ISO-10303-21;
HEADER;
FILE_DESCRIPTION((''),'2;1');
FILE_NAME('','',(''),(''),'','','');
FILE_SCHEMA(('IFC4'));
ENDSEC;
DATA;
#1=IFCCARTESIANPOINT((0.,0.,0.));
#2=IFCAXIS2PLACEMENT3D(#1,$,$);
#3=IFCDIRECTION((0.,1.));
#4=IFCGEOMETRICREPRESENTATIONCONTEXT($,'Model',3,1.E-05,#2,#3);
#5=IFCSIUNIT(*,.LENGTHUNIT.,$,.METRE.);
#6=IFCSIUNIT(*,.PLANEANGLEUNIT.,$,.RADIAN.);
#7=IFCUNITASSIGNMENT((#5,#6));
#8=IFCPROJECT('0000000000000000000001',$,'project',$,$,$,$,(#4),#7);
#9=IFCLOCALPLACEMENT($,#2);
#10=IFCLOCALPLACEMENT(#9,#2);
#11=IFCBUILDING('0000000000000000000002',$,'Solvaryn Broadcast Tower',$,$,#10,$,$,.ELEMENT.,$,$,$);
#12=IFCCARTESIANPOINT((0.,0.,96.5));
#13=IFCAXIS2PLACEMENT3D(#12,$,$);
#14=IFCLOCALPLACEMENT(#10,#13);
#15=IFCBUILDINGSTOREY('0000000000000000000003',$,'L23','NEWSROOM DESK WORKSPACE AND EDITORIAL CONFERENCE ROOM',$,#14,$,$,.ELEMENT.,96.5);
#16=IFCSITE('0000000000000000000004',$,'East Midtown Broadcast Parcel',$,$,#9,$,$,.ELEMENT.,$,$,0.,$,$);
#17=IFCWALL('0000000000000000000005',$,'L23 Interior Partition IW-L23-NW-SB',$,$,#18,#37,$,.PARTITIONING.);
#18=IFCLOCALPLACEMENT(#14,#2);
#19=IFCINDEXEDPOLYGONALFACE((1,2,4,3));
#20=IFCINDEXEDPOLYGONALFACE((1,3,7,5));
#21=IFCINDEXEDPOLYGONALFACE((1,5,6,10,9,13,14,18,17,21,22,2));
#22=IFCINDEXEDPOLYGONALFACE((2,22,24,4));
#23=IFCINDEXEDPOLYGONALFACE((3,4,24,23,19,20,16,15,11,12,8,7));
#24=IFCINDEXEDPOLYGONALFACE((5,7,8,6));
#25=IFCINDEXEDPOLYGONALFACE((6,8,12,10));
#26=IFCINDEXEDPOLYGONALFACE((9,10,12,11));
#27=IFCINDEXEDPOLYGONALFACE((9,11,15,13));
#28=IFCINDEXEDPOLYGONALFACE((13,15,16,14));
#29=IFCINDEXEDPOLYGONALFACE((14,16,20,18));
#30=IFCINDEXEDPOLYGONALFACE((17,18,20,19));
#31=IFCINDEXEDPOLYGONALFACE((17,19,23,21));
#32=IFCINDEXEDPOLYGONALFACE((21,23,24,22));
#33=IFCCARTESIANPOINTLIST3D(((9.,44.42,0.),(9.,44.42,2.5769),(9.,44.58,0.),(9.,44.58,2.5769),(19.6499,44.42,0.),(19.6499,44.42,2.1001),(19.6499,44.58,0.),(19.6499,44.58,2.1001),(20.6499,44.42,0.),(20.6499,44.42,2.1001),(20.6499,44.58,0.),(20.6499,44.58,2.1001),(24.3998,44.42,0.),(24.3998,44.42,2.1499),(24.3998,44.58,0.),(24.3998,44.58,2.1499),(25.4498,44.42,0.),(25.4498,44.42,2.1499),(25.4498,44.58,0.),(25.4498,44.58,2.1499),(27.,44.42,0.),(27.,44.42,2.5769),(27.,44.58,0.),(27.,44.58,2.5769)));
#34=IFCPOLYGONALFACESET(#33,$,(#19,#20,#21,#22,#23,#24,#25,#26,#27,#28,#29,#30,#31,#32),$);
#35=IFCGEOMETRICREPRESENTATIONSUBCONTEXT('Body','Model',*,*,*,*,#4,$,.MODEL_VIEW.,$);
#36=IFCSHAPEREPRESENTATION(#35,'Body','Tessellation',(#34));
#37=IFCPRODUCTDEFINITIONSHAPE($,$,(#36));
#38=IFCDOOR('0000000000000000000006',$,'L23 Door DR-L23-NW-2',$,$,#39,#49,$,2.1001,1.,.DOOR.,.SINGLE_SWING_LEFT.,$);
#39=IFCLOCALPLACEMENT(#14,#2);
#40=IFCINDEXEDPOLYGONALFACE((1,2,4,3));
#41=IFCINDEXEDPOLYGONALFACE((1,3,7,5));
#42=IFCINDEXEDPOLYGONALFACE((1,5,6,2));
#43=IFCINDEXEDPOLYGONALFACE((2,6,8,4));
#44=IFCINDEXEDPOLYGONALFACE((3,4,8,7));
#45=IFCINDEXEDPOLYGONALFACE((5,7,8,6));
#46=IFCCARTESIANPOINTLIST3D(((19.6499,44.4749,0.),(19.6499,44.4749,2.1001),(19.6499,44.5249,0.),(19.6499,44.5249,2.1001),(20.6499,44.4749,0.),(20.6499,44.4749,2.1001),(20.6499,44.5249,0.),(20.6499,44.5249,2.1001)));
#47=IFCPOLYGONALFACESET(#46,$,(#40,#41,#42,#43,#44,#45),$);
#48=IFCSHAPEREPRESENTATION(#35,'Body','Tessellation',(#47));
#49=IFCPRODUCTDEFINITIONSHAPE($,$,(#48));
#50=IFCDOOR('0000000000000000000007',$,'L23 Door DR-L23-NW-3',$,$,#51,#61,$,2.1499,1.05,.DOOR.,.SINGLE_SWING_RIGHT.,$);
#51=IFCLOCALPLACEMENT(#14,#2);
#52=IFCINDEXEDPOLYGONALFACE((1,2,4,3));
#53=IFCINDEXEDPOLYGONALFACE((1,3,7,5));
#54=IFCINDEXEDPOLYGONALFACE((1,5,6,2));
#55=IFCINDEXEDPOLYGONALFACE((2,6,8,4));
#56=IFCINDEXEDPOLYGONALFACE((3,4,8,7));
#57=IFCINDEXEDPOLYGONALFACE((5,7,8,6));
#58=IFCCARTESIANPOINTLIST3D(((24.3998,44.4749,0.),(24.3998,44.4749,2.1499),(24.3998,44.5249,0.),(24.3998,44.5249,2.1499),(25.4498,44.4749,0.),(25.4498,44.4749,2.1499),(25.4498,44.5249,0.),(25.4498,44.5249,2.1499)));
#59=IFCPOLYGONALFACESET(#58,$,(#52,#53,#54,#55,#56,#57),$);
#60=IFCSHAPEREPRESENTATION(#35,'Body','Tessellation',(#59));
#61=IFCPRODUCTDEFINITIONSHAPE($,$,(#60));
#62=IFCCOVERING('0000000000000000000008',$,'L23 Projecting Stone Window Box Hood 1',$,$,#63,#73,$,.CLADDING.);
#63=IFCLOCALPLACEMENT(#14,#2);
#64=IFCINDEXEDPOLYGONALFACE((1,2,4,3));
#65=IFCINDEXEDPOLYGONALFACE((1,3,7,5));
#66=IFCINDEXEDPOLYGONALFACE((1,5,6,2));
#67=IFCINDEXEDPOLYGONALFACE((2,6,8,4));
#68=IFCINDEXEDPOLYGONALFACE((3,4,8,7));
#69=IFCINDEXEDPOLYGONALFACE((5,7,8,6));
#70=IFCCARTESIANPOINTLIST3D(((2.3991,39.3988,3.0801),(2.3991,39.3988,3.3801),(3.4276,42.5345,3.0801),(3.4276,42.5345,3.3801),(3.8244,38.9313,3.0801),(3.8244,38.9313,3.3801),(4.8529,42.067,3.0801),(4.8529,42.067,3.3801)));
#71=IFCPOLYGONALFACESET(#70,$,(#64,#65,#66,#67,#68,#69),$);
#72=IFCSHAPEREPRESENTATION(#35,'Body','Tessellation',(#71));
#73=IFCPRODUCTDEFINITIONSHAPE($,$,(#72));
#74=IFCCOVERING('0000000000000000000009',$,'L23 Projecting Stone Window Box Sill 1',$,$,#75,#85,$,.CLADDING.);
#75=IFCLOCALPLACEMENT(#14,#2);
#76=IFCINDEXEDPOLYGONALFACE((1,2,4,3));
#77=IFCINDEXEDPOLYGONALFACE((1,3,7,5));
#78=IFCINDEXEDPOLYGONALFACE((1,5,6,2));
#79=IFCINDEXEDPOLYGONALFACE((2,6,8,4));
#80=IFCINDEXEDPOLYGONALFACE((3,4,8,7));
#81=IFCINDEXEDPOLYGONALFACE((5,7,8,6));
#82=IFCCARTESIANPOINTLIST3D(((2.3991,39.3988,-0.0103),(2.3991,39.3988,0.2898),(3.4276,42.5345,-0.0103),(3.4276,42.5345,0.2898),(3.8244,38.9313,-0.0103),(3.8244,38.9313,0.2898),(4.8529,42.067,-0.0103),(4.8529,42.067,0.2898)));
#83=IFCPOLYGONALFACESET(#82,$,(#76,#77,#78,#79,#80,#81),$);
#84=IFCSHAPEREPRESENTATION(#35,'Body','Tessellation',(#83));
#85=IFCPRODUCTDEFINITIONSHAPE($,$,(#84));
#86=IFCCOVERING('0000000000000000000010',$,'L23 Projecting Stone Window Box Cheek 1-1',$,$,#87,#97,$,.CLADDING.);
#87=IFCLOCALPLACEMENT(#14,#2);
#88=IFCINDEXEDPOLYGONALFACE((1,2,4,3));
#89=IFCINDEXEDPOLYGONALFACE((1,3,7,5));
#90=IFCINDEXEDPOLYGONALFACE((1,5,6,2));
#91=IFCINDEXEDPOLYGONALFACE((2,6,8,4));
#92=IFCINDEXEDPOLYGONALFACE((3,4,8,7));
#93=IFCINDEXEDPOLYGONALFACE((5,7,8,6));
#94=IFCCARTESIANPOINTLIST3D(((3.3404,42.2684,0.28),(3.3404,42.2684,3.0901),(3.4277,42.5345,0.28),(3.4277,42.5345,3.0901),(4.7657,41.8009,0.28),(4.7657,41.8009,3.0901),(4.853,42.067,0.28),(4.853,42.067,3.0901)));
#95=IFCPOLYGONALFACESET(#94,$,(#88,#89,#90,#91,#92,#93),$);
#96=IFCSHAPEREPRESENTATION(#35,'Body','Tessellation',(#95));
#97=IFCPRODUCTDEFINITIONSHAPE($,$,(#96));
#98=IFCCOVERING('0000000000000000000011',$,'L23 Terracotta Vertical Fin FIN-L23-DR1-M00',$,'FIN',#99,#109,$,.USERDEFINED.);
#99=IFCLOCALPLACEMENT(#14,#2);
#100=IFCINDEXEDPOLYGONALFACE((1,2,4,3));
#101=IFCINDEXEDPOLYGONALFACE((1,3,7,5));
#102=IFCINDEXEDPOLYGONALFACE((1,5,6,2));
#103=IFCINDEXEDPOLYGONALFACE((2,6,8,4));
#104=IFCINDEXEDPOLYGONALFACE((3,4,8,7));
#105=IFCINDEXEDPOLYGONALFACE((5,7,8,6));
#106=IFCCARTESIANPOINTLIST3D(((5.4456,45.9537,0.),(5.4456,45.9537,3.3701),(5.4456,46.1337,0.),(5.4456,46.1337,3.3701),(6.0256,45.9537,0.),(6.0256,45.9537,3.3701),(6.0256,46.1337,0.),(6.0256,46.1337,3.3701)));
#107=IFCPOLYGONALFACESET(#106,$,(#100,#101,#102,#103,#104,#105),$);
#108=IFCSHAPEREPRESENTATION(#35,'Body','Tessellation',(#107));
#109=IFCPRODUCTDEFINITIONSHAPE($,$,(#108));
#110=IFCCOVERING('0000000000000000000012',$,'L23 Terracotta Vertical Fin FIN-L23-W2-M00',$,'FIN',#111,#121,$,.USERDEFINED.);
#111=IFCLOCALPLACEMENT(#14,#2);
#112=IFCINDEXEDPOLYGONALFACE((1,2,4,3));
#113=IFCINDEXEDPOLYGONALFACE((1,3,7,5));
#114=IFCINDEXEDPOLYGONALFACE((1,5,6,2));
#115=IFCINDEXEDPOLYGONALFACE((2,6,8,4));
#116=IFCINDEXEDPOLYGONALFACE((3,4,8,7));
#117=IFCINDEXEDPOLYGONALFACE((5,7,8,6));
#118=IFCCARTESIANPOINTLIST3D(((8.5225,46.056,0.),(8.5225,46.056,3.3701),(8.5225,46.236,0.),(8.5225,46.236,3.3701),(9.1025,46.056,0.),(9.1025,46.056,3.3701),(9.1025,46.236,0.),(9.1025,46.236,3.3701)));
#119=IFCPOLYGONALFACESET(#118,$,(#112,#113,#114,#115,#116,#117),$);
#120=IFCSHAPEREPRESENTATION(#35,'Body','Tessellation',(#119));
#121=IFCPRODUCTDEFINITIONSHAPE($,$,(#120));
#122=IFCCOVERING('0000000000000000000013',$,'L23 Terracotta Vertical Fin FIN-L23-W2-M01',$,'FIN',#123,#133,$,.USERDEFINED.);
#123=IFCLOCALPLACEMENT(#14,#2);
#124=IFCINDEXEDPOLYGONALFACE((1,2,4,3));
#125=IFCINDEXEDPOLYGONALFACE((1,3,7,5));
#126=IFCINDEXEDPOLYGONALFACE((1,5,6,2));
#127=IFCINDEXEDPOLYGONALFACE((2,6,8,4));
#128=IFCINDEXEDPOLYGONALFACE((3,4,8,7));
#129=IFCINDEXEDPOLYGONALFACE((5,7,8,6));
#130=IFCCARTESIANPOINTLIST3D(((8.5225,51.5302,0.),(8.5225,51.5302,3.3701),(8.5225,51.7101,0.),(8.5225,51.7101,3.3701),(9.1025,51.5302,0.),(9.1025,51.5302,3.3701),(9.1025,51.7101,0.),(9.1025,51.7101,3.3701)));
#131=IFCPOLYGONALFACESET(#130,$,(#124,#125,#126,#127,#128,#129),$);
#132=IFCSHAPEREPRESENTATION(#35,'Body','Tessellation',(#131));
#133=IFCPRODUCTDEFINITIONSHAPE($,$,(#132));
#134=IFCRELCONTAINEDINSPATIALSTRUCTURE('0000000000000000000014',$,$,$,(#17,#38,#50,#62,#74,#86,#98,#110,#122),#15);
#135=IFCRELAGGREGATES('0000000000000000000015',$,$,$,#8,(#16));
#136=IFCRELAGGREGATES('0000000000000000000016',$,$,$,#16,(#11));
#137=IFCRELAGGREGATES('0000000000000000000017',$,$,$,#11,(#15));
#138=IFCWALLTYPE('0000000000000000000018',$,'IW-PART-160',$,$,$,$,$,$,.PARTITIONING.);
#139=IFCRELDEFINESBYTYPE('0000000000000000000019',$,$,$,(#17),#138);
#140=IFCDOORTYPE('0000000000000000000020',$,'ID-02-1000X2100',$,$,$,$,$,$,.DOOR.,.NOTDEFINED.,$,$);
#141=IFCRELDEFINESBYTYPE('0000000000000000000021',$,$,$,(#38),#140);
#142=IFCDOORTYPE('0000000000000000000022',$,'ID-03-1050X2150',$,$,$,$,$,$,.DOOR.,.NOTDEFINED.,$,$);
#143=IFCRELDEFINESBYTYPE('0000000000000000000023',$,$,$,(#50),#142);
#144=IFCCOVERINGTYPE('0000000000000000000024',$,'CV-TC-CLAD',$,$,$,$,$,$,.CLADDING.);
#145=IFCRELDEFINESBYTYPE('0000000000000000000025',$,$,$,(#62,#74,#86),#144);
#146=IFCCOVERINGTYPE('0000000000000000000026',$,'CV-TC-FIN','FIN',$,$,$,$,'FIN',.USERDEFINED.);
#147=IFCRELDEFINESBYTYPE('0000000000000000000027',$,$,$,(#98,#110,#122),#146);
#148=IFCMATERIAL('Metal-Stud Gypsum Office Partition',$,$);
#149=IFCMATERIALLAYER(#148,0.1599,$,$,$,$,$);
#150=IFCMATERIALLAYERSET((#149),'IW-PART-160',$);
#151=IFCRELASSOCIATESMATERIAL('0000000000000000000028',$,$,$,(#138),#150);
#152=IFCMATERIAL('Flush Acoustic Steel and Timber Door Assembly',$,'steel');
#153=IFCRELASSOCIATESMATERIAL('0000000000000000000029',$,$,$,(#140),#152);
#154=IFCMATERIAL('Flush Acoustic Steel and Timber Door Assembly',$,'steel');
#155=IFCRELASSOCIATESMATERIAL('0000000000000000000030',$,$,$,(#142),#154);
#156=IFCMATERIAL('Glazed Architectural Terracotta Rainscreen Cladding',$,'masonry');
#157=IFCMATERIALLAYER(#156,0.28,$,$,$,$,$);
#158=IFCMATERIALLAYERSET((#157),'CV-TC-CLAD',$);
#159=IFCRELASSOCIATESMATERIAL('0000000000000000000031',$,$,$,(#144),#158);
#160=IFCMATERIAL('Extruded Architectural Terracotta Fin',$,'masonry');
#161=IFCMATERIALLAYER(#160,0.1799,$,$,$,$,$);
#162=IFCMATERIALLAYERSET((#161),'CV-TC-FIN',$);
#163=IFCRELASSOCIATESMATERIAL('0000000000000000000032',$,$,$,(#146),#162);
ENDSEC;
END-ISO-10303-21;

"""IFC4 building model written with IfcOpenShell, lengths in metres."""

from ifc_helpers import new_model, si_unit, direction, frame, frame_2d, origin, origin_2d, place, context, subcontext, project, spatial, rectangle, extrude, material, layer, layer_set, type_object, element, fill, save


model = new_model("IFC4")

# Units and contexts
model_context = context("Model", 3, precision=1e-05, world=origin(), true_north=direction((0.0, 1.0)))
body_context = subcontext(model_context, "Body", "Model", "MODEL_VIEW")
ifc_project = project(units=[si_unit("LENGTHUNIT", "METRE"), si_unit("PLANEANGLEUNIT", "RADIAN")], contexts=[model_context])

# Site, building, storey
site_placement = place(None, origin())
site = spatial("IfcSite", under=ifc_project, at=site_placement, Name="East Midtown Broadcast Parcel", CompositionType="ELEMENT", RefElevation=0.0)
building_placement = place(site_placement, origin())
building = spatial("IfcBuilding", under=site, at=building_placement, Name="Solvaryn Broadcast Tower", CompositionType="ELEMENT")
storey_placement = place(building_placement, frame((0.0, 0.0, 96.5)))
storey = spatial("IfcBuildingStorey", under=building, at=storey_placement, Name="L23", Description="NEWSROOM DESK WORKSPACE AND EDITORIAL CONFERENCE ROOM", CompositionType="ELEMENT", Elevation=96.5)

# Shared definitions
ifc_material_1 = material(Name="Metal-Stud Gypsum Office Partition")
ifc_layer_1 = layer(ifc_material_1, 0.1599)
ifc_layer_set_1 = layer_set([ifc_layer_1], Name="IW-PART-160")
wall_type_1 = type_object("IfcWallType", Name="IW-PART-160", PredefinedType="PARTITIONING", material=ifc_layer_set_1)

# Wall, openings, doors
wall_1_placement = place(storey_placement, frame((9.0, 44.5, 0.0), z_axis=(0.0, 0.0, 1.0), x_axis=(1.0, 0.0, 0.0)))
wall_1 = element("IfcWall", 1, at=wall_1_placement, inside=storey, type_object=wall_type_1, Name="L23 Interior Partition IW-L23-NW-SB", PredefinedType="PARTITIONING", context=body_context, shape_type="SweptSolid", body=[
    extrude(rectangle(XDim=18.0, YDim=0.1599, at=frame_2d((9.0, 0.0))), origin(), (0.0, 0.0, 1.0), 2.5769),
])
opening_1_placement = place(wall_1_placement, frame((10.6499, 0.0, 0.0)))
opening_1 = element("IfcOpeningElement", 2, at=opening_1_placement, cuts=wall_1, PredefinedType="OPENING", context=body_context, shape_type="SweptSolid", body=[
    extrude(rectangle(XDim=1.0, YDim=2.1001, at=frame_2d((0.5, 1.05))), frame((0.0, 0.0901, 0.0), z_axis=(0.0, -1.0, 0.0), x_axis=(1.0, 0.0, 0.0)), (0.0, 0.0, 1.0), 0.1799),
])
opening_2_placement = place(wall_1_placement, frame((15.3999, 0.0, 0.0)))
opening_2 = element("IfcOpeningElement", 3, at=opening_2_placement, cuts=wall_1, PredefinedType="OPENING", context=body_context, shape_type="SweptSolid", body=[
    extrude(rectangle(XDim=1.05, YDim=2.1499, at=frame_2d((0.5249, 1.075))), frame((0.0, 0.0901, 0.0), z_axis=(0.0, -1.0, 0.0), x_axis=(1.0, 0.0, 0.0)), (0.0, 0.0, 1.0), 0.1799),
])
ifc_material_2 = material(Name="Flush Acoustic Steel and Timber Door Assembly", Category="steel")
door_type_1 = type_object("IfcDoorType", Name="ID-02-1000X2100", OperationType="NOTDEFINED", PredefinedType="DOOR", material=ifc_material_2)
door_1_placement = place(opening_1_placement, origin())
door_1 = element("IfcDoor", 4, at=door_1_placement, inside=storey, type_object=door_type_1, Name="L23 Door DR-L23-NW-2", OperationType="SINGLE_SWING_LEFT", OverallHeight=2.1001, OverallWidth=1.0, PredefinedType="DOOR", context=body_context, shape_type="SweptSolid", body=[
    extrude(rectangle(XDim=1.0, YDim=2.1001, at=frame_2d((0.5, 1.05))), frame((0.0, 0.0249, 0.0), z_axis=(0.0, -1.0, 0.0), x_axis=(1.0, 0.0, 0.0)), (0.0, 0.0, 1.0), 0.05),
])
fill(opening_1, door_1)
ifc_material_3 = material(Name="Flush Acoustic Steel and Timber Door Assembly", Category="steel")
door_type_2 = type_object("IfcDoorType", Name="ID-03-1050X2150", OperationType="NOTDEFINED", PredefinedType="DOOR", material=ifc_material_3)
door_2_placement = place(opening_2_placement, origin())
door_2 = element("IfcDoor", 5, at=door_2_placement, inside=storey, type_object=door_type_2, Name="L23 Door DR-L23-NW-3", OperationType="SINGLE_SWING_RIGHT", OverallHeight=2.1499, OverallWidth=1.05, PredefinedType="DOOR", context=body_context, shape_type="SweptSolid", body=[
    extrude(rectangle(XDim=1.05, YDim=2.1499, at=frame_2d((0.5249, 1.075))), frame((0.0, 0.0249, 0.0), z_axis=(0.0, -1.0, 0.0), x_axis=(1.0, 0.0, 0.0)), (0.0, 0.0, 1.0), 0.05),
])
fill(opening_2, door_2)

# Coverings
ifc_material_4 = material(Name="Glazed Architectural Terracotta Rainscreen Cladding", Category="masonry")
ifc_layer_2 = layer(ifc_material_4, 0.28)
ifc_layer_set_2 = layer_set([ifc_layer_2], Name="CV-TC-CLAD")
covering_type_1 = type_object("IfcCoveringType", Name="CV-TC-CLAD", PredefinedType="CLADDING", material=ifc_layer_set_2)
for number, where, z_axis, x_axis, name in (
    (6, (3.626, 40.7329, 3.0801), (0.0, 0.0, 1.0), (-0.311672, -0.95019, 0.0), "L23 Projecting Stone Window Box Hood 1"),
    (7, (3.626, 40.7329, -0.0103), (0.0, 0.0, 1.0), (-0.311672, -0.95019, 0.0), "L23 Projecting Stone Window Box Sill 1"),
):
    element("IfcCovering", number, at=place(storey_placement, frame(where, z_axis=z_axis, x_axis=x_axis)), inside=storey, type_object=covering_type_1, Name=name, PredefinedType="CLADDING", context=body_context, shape_type="SweptSolid", body=[
        extrude(rectangle(XDim=3.3, YDim=1.5, at=origin_2d()), origin(), (0.0, 0.0, 1.0), 0.3),
    ])
covering_placement = place(storey_placement, frame((4.0967, 42.1677, 0.28), z_axis=(0.0, 0.0, 1.0), x_axis=(-0.311672, -0.95019, 0.0)))
element("IfcCovering", 8, at=covering_placement, inside=storey, type_object=covering_type_1, Name="L23 Projecting Stone Window Box Cheek 1-1", PredefinedType="CLADDING", context=body_context, shape_type="SweptSolid", body=[
    extrude(rectangle(XDim=0.28, YDim=1.5, at=origin_2d()), origin(), (0.0, 0.0, 1.0), 2.8101),
])
ifc_material_5 = material(Name="Extruded Architectural Terracotta Fin", Category="masonry")
ifc_layer_3 = layer(ifc_material_5, 0.1799)
ifc_layer_set_3 = layer_set([ifc_layer_3], Name="CV-TC-FIN")
covering_type_2 = type_object("IfcCoveringType", Name="CV-TC-FIN", Description="FIN", ElementType="FIN", PredefinedType="USERDEFINED", material=ifc_layer_set_3)
for number, where, z_axis, x_axis, name in (
    (9, (5.7356, 46.0437, 0.0), (0.0, 0.0, 1.0), (1.0, 0.0, 0.0), "L23 Terracotta Vertical Fin FIN-L23-DR1-M00"),
    (10, (8.8125, 46.146, 0.0), (0.0, 0.0, 1.0), (1.0, 0.0, 0.0), "L23 Terracotta Vertical Fin FIN-L23-W2-M00"),
    (11, (8.8125, 51.6201, 0.0), (0.0, 0.0, 1.0), (1.0, 0.0, 0.0), "L23 Terracotta Vertical Fin FIN-L23-W2-M01"),
):
    element("IfcCovering", number, at=place(storey_placement, frame(where, z_axis=z_axis, x_axis=x_axis)), inside=storey, type_object=covering_type_2, Name=name, ObjectType="FIN", PredefinedType="USERDEFINED", context=body_context, shape_type="SweptSolid", body=[
        extrude(rectangle(XDim=0.5801, YDim=0.1799, at=origin_2d()), origin(), (0.0, 0.0, 1.0), 3.3701),
    ])

save(model, "model.ifc")
